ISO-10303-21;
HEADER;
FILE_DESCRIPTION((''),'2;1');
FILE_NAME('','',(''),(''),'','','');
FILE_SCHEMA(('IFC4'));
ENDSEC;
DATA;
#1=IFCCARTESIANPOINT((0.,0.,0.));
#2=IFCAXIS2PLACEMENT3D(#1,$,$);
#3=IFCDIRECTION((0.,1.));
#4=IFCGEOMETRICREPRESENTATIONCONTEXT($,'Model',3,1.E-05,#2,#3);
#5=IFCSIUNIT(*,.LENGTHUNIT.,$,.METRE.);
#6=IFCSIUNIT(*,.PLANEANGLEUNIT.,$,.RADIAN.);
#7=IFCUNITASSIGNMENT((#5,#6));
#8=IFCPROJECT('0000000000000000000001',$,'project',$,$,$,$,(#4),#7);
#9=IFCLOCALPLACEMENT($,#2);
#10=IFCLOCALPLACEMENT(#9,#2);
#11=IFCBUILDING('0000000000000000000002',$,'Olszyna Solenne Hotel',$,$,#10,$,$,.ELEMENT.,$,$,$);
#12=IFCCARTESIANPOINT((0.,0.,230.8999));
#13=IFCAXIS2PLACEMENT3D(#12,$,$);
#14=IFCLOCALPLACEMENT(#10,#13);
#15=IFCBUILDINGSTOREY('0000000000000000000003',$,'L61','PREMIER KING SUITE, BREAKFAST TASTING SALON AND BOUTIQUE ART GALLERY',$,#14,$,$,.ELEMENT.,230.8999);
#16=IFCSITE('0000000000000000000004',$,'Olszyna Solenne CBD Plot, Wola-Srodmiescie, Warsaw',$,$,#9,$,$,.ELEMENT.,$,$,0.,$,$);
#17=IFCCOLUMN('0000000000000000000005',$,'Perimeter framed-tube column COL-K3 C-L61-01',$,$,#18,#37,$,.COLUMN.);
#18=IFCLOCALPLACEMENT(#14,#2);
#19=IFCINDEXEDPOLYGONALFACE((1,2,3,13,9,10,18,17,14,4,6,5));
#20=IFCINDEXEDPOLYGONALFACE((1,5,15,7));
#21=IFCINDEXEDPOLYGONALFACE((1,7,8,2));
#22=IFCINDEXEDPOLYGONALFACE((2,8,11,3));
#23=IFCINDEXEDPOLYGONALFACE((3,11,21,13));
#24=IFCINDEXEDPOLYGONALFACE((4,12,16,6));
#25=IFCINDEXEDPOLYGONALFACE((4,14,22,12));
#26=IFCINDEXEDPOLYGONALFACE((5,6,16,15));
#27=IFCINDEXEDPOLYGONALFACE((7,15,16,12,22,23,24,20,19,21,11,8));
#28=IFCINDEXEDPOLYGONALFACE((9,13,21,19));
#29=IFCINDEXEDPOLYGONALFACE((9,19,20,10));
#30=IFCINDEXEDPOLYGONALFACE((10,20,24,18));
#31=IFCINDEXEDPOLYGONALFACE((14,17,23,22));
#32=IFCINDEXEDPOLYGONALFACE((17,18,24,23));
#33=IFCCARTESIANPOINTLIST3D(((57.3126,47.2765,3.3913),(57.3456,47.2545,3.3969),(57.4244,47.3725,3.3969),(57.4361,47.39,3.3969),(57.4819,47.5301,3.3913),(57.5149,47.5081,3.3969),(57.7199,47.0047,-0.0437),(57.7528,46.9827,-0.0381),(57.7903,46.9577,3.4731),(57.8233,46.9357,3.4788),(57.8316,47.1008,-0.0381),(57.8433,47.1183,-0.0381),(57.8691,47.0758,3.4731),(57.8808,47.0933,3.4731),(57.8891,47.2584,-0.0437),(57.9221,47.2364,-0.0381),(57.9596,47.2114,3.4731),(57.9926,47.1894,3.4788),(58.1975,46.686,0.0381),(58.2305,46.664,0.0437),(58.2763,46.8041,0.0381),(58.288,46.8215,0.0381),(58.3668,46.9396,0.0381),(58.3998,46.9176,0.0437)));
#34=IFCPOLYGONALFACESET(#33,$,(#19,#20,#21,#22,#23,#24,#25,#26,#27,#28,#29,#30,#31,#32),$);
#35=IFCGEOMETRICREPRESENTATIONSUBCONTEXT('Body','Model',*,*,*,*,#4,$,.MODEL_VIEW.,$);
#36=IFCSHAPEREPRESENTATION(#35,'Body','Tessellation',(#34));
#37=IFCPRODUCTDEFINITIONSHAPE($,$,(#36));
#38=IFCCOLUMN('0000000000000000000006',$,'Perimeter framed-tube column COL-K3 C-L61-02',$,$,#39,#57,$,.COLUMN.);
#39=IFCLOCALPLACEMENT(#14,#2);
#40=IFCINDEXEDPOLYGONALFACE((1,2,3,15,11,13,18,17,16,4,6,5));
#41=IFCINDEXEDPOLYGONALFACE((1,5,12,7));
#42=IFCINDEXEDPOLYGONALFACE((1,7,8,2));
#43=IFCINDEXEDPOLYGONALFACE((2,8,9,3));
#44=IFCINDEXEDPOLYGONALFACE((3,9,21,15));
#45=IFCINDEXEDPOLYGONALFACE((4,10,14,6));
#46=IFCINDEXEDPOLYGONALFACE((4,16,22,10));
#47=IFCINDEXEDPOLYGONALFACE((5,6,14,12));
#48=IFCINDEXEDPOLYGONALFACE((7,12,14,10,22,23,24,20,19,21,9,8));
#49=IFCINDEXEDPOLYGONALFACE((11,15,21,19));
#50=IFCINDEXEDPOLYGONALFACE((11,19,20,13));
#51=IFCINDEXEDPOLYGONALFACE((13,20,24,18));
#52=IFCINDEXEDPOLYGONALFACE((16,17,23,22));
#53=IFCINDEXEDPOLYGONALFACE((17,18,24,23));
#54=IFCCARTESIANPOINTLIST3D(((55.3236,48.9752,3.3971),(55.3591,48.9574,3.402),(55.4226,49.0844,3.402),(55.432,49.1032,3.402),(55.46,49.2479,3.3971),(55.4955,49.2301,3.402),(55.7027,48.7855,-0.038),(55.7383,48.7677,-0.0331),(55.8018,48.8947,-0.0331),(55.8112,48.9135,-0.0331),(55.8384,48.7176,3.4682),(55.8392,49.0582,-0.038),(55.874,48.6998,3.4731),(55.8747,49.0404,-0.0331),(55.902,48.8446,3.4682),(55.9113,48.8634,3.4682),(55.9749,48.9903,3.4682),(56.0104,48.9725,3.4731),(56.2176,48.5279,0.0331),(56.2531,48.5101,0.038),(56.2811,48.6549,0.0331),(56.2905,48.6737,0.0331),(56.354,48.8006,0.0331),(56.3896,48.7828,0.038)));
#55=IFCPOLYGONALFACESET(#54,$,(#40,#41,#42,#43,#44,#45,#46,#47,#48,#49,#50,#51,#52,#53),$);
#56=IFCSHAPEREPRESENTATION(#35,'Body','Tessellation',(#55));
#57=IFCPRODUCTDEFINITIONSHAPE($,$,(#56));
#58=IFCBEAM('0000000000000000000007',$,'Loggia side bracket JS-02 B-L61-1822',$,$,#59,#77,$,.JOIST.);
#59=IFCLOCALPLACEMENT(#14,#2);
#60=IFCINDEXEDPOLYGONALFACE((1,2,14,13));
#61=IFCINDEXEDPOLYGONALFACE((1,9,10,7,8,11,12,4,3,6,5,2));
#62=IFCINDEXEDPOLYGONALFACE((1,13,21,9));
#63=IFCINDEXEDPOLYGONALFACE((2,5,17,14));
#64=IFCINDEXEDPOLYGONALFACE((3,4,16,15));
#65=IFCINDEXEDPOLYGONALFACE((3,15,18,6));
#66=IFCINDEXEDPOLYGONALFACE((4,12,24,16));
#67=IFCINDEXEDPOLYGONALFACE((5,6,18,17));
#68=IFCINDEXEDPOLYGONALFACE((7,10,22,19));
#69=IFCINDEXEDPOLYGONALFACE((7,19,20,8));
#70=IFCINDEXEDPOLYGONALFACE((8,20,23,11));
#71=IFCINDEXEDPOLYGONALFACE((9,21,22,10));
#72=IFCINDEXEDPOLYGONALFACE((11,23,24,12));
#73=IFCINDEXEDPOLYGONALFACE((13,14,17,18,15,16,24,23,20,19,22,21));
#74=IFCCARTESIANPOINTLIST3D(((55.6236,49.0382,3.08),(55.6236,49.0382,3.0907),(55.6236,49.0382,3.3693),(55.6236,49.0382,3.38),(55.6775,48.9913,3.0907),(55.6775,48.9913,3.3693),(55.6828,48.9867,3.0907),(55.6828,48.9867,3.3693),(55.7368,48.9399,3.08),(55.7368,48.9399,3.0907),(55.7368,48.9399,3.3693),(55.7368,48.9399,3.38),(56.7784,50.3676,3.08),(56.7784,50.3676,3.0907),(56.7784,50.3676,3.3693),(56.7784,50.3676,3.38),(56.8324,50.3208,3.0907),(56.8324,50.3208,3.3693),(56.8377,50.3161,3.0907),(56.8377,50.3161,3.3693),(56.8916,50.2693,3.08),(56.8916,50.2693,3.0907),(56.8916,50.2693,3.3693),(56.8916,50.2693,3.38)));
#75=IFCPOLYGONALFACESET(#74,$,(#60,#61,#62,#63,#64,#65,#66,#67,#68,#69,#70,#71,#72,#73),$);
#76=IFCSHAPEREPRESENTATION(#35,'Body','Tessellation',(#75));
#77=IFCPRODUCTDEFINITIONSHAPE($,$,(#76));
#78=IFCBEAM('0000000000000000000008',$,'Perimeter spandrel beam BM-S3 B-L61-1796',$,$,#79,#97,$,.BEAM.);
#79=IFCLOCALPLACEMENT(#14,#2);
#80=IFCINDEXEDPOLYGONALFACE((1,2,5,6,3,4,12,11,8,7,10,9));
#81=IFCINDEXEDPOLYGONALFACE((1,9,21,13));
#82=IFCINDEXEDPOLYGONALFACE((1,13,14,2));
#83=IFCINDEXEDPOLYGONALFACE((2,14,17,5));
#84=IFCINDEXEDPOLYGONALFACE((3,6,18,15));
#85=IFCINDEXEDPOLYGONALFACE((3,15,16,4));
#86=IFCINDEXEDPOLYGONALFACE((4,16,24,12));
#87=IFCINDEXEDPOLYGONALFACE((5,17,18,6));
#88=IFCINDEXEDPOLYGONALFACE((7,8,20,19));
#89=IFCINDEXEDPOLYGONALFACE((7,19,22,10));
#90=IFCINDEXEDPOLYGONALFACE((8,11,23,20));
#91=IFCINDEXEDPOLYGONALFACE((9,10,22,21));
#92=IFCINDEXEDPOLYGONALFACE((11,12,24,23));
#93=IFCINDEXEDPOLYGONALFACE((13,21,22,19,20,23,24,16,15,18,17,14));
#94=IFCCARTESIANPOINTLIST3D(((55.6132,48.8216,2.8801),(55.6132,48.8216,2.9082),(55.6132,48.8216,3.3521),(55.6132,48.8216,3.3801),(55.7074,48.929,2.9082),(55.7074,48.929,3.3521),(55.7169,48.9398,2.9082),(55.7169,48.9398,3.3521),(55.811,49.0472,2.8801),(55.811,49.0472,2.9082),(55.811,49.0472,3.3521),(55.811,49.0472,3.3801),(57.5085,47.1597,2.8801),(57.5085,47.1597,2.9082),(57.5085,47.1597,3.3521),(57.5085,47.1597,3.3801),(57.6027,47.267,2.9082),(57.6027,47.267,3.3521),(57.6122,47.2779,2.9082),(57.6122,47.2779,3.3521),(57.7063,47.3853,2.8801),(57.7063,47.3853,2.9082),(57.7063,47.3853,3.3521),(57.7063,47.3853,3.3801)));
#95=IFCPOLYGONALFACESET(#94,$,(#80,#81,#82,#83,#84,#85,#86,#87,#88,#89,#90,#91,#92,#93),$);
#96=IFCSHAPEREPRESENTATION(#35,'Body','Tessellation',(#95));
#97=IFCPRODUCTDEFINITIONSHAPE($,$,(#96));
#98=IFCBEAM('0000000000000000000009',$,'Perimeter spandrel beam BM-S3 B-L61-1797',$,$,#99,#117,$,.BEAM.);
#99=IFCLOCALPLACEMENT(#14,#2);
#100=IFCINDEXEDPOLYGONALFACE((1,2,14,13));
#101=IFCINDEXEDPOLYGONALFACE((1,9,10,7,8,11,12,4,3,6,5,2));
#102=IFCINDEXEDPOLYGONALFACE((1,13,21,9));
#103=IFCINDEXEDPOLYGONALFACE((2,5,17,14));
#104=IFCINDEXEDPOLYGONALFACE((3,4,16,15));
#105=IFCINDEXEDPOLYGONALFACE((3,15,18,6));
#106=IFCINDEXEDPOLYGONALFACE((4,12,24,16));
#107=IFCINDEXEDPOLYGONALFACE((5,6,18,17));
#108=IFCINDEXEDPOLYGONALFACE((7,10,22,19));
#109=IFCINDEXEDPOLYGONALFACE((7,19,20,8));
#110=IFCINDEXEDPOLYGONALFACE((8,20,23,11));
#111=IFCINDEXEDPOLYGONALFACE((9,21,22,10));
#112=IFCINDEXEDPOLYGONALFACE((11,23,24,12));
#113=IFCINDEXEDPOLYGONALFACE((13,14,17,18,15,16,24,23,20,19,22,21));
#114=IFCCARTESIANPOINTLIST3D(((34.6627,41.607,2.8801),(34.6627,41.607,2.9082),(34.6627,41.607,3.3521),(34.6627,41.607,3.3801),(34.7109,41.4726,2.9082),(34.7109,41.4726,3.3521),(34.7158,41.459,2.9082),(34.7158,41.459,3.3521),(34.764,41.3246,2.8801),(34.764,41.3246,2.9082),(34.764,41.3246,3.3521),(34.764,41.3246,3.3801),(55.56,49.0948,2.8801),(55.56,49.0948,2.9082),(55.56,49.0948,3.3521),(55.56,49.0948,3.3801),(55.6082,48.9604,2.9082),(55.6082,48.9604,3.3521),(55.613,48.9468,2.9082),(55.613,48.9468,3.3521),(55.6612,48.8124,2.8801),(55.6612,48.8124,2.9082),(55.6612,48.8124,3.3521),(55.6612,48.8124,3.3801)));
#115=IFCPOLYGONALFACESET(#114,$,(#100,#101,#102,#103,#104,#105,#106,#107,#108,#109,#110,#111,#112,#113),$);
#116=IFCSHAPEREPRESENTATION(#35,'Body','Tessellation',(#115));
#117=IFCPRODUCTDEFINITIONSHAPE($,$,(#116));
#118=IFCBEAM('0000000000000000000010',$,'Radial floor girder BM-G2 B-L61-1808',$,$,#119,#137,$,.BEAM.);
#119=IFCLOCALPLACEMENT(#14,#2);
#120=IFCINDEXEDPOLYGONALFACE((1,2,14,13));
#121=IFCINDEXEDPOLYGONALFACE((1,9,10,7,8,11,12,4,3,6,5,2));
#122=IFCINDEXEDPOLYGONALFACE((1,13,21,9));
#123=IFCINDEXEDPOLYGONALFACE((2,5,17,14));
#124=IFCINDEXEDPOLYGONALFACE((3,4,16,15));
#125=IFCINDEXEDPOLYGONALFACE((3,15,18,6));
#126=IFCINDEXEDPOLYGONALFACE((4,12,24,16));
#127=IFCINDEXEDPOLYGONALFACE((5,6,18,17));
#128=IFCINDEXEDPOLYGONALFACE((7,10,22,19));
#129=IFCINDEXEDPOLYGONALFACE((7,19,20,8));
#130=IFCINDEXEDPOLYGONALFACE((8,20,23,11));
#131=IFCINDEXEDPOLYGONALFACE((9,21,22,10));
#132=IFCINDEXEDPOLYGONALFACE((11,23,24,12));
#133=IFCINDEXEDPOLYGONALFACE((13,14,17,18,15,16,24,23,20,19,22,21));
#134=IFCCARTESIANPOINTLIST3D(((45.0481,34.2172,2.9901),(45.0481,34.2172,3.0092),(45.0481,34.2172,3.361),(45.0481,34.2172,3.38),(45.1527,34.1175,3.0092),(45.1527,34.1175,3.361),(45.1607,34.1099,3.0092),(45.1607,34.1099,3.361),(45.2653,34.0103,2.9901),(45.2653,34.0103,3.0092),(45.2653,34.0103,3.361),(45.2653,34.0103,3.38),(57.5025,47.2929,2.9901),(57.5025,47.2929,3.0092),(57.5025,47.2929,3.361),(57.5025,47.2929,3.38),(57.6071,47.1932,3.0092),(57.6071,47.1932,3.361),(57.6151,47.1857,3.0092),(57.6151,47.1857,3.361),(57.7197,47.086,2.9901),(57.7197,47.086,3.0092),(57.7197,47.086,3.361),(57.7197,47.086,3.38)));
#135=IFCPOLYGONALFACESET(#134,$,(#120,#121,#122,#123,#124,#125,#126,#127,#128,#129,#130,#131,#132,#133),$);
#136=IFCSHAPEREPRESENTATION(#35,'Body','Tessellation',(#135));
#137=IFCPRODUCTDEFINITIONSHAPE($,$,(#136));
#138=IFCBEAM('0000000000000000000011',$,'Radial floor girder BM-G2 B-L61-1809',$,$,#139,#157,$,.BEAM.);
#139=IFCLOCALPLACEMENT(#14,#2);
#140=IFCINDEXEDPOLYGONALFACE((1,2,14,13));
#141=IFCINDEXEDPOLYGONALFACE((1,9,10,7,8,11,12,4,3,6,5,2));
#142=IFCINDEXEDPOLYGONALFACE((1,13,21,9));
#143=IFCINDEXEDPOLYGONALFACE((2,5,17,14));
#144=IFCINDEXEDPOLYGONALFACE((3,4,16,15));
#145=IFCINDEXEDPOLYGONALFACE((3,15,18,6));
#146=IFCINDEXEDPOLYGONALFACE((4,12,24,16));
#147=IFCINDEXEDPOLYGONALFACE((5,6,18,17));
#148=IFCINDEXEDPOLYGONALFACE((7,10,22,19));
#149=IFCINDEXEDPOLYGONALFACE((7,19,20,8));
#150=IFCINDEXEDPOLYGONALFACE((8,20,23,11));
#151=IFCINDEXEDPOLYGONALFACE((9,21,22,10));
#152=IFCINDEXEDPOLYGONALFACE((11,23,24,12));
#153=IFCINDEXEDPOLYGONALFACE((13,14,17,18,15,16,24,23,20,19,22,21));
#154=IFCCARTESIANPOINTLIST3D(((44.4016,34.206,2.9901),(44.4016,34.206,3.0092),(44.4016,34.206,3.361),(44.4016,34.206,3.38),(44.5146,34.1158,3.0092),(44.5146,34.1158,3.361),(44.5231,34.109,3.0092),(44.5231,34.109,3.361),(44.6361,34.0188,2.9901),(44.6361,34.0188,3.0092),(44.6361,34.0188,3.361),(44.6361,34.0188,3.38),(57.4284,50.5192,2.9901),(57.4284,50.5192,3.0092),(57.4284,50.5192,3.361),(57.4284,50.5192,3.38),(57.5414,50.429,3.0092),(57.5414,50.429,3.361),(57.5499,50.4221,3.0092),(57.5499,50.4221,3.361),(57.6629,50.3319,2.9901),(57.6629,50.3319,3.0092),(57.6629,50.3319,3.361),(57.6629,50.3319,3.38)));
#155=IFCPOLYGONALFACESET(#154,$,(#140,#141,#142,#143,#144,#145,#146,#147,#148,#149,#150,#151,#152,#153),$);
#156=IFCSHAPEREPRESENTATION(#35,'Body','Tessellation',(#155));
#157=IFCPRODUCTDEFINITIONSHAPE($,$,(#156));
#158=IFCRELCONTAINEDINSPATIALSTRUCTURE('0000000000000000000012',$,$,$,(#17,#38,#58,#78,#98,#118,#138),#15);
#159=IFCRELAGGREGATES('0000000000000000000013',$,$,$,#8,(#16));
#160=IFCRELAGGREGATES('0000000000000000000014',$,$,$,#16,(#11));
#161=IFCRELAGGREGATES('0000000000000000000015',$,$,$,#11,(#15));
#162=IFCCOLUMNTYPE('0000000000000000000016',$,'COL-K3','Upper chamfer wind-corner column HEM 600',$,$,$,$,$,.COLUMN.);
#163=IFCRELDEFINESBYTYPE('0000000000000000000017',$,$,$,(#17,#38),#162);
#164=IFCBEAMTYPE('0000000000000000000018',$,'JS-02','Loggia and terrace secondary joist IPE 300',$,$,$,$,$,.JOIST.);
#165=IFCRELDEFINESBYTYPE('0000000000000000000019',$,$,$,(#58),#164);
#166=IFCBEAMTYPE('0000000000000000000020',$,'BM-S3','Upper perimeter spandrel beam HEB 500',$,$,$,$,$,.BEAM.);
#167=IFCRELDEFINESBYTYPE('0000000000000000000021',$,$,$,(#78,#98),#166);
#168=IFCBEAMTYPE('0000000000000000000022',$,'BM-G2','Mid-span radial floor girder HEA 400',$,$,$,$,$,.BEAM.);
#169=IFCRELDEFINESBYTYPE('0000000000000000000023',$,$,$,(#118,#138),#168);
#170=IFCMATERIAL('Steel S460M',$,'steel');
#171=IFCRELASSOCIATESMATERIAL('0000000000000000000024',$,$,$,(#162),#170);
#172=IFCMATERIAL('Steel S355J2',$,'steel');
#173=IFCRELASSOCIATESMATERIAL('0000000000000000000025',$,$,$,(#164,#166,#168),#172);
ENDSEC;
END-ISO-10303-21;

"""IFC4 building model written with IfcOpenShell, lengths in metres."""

from ifc_helpers import new_model, si_unit, direction, frame, origin, origin_2d, place, context, subcontext, project, spatial, i_section, extrude, source, transform, mapped, material, material_profile, profile_set, type_object, element, save


model = new_model("IFC4")

# Units and contexts
model_context = context("Model", 3, precision=1e-05, world=origin(), true_north=direction((0.0, 1.0)))
body_context = subcontext(model_context, "Body", "Model", "MODEL_VIEW")
ifc_project = project(units=[si_unit("LENGTHUNIT", "METRE"), si_unit("PLANEANGLEUNIT", "RADIAN")], contexts=[model_context])

# Site, building, storey
site_placement = place(None, origin())
site = spatial("IfcSite", under=ifc_project, at=site_placement, Name="Olszyna Solenne CBD Plot, Wola-Srodmiescie, Warsaw", CompositionType="ELEMENT", RefElevation=0.0)
building_placement = place(site_placement, origin())
building = spatial("IfcBuilding", under=site, at=building_placement, Name="Olszyna Solenne Hotel", CompositionType="ELEMENT")
storey_placement = place(building_placement, frame((0.0, 0.0, 230.8999)))
storey = spatial("IfcBuildingStorey", under=building, at=storey_placement, Name="L61", Description="PREMIER KING SUITE, BREAKFAST TASTING SALON AND BOUTIQUE ART GALLERY", CompositionType="ELEMENT", Elevation=230.8999)

# Columns
ifc_material_1 = material(Name="Steel S460M", Category="steel")
ifc_material_profile_1 = material_profile(ifc_material_1, i_section(OverallWidth=0.3049, OverallDepth=0.6201, WebThickness=0.021, FlangeThickness=0.04, at=origin_2d()), Name="HEM 600", Category="load-bearing")
ifc_profile_set_1 = profile_set([ifc_material_profile_1], Name="Steel S460M")
column_type = type_object("IfcColumnType", Name="COL-K3", Description="Upper chamfer wind-corner column HEM 600", PredefinedType="COLUMN", material=ifc_profile_set_1)
shared_shape_1 = source(origin(), body_context, "Body", "SweptSolid", [
    extrude(i_section(OverallWidth=0.3049, OverallDepth=0.6201, WebThickness=0.021, FlangeThickness=0.04, at=origin_2d()), origin(), (0.0, 0.0, 1.0), 3.4697),
])
column_1_placement = place(storey_placement, frame((58.0598, 46.9612, 0.0), z_axis=(-0.117364, 0.078313, 0.989996), x_axis=(-0.555045, -0.83182, 0.0)))
element("IfcColumn", 1, at=column_1_placement, inside=storey, type_object=column_type, Name="Perimeter framed-tube column COL-K3 C-L61-01", PredefinedType="COLUMN", context=body_context, shape_type="MappedRepresentation", body=[
    mapped(shared_shape_1, transform((0.0, 0.0, 0.0), x_axis=(1.0, 0.0, 0.0), y_axis=(0.0, 1.0, 0.0), z_axis=(0.0, 0.0, 1.0), scale=1.0)),
])
shared_shape_2 = source(origin(), body_context, "Body", "SweptSolid", [
    extrude(i_section(OverallWidth=0.3049, OverallDepth=0.6201, WebThickness=0.021, FlangeThickness=0.04, at=origin_2d()), origin(), (0.0, 0.0, 1.0), 3.4612),
])
column_2_placement = place(storey_placement, frame((56.0461, 48.7842, 0.0), z_axis=(-0.109546, 0.054808, 0.99247), x_axis=(-0.447444, -0.894312, 0.0)))
element("IfcColumn", 2, at=column_2_placement, inside=storey, type_object=column_type, Name="Perimeter framed-tube column COL-K3 C-L61-02", PredefinedType="COLUMN", context=body_context, shape_type="MappedRepresentation", body=[
    mapped(shared_shape_2, transform((0.0, 0.0, 0.0), x_axis=(1.0, 0.0, 0.0), y_axis=(0.0, 1.0, 0.0), z_axis=(0.0, 0.0, 1.0), scale=1.0)),
])

# Beams
ifc_material_2 = material(Name="Steel S355J2", Category="steel")
ifc_material_profile_2 = material_profile(ifc_material_2, i_section(OverallWidth=0.1499, OverallDepth=0.3, WebThickness=0.0071, FlangeThickness=0.0107, at=origin_2d()), Name="IPE 300", Category="load-bearing")
ifc_profile_set_2 = profile_set([ifc_material_profile_2], Name="Steel S355J2")
beam_type_1 = type_object("IfcBeamType", Name="JS-02", Description="Loggia and terrace secondary joist IPE 300", PredefinedType="JOIST", material=ifc_profile_set_2)
shared_shape_3 = source(origin(), body_context, "Body", "SweptSolid", [
    extrude(i_section(OverallWidth=0.1499, OverallDepth=0.3, WebThickness=0.0071, FlangeThickness=0.0107, at=origin_2d()), origin(), (0.0, 0.0, 1.0), 1.761),
])
beam_1_placement = place(storey_placement, frame((55.6802, 48.989, 3.23), z_axis=(0.655801, 0.754934, 0.0), x_axis=(-0.754934, 0.655801, 0.0)))
element("IfcBeam", 3, at=beam_1_placement, inside=storey, type_object=beam_type_1, Name="Loggia side bracket JS-02 B-L61-1822", PredefinedType="JOIST", context=body_context, shape_type="MappedRepresentation", body=[
    mapped(shared_shape_3, transform((0.0, 0.0, 0.0), x_axis=(1.0, 0.0, 0.0), y_axis=(0.0, 1.0, 0.0), z_axis=(0.0, 0.0, 1.0), scale=1.0)),
])
ifc_material_profile_3 = material_profile(ifc_material_2, i_section(OverallWidth=0.3, OverallDepth=0.5, WebThickness=0.0144, FlangeThickness=0.0281, at=origin_2d()), Name="HEB 500", Category="load-bearing")
ifc_profile_set_3 = profile_set([ifc_material_profile_3], Name="Steel S355J2")
beam_type_2 = type_object("IfcBeamType", Name="BM-S3", Description="Upper perimeter spandrel beam HEB 500", PredefinedType="BEAM", material=ifc_profile_set_3)
shared_shape_4 = source(origin(), body_context, "Body", "SweptSolid", [
    extrude(i_section(OverallWidth=0.3, OverallDepth=0.5, WebThickness=0.0144, FlangeThickness=0.0281, at=origin_2d()), origin(), (0.0, 0.0, 1.0), 2.5208),
])
beam_2_placement = place(storey_placement, frame((57.6074, 47.2725, 3.1301), z_axis=(-0.751886, 0.659293, 0.0), x_axis=(-0.659293, -0.751886, 0.0)))
element("IfcBeam", 4, at=beam_2_placement, inside=storey, type_object=beam_type_2, Name="Perimeter spandrel beam BM-S3 B-L61-1796", PredefinedType="BEAM", context=body_context, shape_type="MappedRepresentation", body=[
    mapped(shared_shape_4, transform((0.0, 0.0, 0.0), x_axis=(1.0, 0.0, 0.0), y_axis=(0.0, 1.0, 0.0), z_axis=(0.0, 0.0, 1.0), scale=1.0)),
])
shared_shape_5 = source(origin(), body_context, "Body", "SweptSolid", [
    extrude(i_section(OverallWidth=0.3, OverallDepth=0.5, WebThickness=0.0144, FlangeThickness=0.0281, at=origin_2d()), origin(), (0.0, 0.0, 1.0), 22.1982),
])
beam_3_placement = place(storey_placement, frame((55.6106, 48.9536, 3.1301), z_axis=(-0.941392, -0.337315, 0.0), x_axis=(0.337315, -0.941392, 0.0)))
element("IfcBeam", 5, at=beam_3_placement, inside=storey, type_object=beam_type_2, Name="Perimeter spandrel beam BM-S3 B-L61-1797", PredefinedType="BEAM", context=body_context, shape_type="MappedRepresentation", body=[
    mapped(shared_shape_5, transform((0.0, 0.0, 0.0), x_axis=(1.0, 0.0, 0.0), y_axis=(0.0, 1.0, 0.0), z_axis=(0.0, 0.0, 1.0), scale=1.0)),
])
ifc_material_profile_4 = material_profile(ifc_material_2, i_section(OverallWidth=0.3, OverallDepth=0.3899, WebThickness=0.011, FlangeThickness=0.019, at=origin_2d()), Name="HEA 400", Category="load-bearing")
ifc_profile_set_4 = profile_set([ifc_material_profile_4], Name="Steel S355J2")
beam_type_3 = type_object("IfcBeamType", Name="BM-G2", Description="Mid-span radial floor girder HEA 400", PredefinedType="BEAM", material=ifc_profile_set_4)
shared_shape_6 = source(origin(), body_context, "Body", "SweptSolid", [
    extrude(i_section(OverallWidth=0.3, OverallDepth=0.3899, WebThickness=0.011, FlangeThickness=0.019, at=origin_2d()), origin(), (0.0, 0.0, 1.0), 18.0579),
])
beam_4_placement = place(storey_placement, frame((57.6111, 47.1895, 3.1851), z_axis=(-0.689693, -0.724102, 0.0), x_axis=(0.724102, -0.689693, 0.0)))
element("IfcBeam", 6, at=beam_4_placement, inside=storey, type_object=beam_type_3, Name="Radial floor girder BM-G2 B-L61-1808", PredefinedType="BEAM", context=body_context, shape_type="MappedRepresentation", body=[
    mapped(shared_shape_6, transform((0.0, 0.0, 0.0), x_axis=(1.0, 0.0, 0.0), y_axis=(0.0, 1.0, 0.0), z_axis=(0.0, 0.0, 1.0), scale=1.0)),
])
shared_shape_7 = source(origin(), body_context, "Body", "SweptSolid", [
    extrude(i_section(OverallWidth=0.3, OverallDepth=0.3899, WebThickness=0.011, FlangeThickness=0.019, at=origin_2d()), origin(), (0.0, 0.0, 1.0), 20.8762),
])
beam_5_placement = place(storey_placement, frame((57.5457, 50.4255, 3.1851), z_axis=(-0.624002, -0.781423, 0.0), x_axis=(0.781423, -0.624002, 0.0)))
element("IfcBeam", 7, at=beam_5_placement, inside=storey, type_object=beam_type_3, Name="Radial floor girder BM-G2 B-L61-1809", PredefinedType="BEAM", context=body_context, shape_type="MappedRepresentation", body=[
    mapped(shared_shape_7, transform((0.0, 0.0, 0.0), x_axis=(1.0, 0.0, 0.0), y_axis=(0.0, 1.0, 0.0), z_axis=(0.0, 0.0, 1.0), scale=1.0)),
])

save(model, "model.ifc")
